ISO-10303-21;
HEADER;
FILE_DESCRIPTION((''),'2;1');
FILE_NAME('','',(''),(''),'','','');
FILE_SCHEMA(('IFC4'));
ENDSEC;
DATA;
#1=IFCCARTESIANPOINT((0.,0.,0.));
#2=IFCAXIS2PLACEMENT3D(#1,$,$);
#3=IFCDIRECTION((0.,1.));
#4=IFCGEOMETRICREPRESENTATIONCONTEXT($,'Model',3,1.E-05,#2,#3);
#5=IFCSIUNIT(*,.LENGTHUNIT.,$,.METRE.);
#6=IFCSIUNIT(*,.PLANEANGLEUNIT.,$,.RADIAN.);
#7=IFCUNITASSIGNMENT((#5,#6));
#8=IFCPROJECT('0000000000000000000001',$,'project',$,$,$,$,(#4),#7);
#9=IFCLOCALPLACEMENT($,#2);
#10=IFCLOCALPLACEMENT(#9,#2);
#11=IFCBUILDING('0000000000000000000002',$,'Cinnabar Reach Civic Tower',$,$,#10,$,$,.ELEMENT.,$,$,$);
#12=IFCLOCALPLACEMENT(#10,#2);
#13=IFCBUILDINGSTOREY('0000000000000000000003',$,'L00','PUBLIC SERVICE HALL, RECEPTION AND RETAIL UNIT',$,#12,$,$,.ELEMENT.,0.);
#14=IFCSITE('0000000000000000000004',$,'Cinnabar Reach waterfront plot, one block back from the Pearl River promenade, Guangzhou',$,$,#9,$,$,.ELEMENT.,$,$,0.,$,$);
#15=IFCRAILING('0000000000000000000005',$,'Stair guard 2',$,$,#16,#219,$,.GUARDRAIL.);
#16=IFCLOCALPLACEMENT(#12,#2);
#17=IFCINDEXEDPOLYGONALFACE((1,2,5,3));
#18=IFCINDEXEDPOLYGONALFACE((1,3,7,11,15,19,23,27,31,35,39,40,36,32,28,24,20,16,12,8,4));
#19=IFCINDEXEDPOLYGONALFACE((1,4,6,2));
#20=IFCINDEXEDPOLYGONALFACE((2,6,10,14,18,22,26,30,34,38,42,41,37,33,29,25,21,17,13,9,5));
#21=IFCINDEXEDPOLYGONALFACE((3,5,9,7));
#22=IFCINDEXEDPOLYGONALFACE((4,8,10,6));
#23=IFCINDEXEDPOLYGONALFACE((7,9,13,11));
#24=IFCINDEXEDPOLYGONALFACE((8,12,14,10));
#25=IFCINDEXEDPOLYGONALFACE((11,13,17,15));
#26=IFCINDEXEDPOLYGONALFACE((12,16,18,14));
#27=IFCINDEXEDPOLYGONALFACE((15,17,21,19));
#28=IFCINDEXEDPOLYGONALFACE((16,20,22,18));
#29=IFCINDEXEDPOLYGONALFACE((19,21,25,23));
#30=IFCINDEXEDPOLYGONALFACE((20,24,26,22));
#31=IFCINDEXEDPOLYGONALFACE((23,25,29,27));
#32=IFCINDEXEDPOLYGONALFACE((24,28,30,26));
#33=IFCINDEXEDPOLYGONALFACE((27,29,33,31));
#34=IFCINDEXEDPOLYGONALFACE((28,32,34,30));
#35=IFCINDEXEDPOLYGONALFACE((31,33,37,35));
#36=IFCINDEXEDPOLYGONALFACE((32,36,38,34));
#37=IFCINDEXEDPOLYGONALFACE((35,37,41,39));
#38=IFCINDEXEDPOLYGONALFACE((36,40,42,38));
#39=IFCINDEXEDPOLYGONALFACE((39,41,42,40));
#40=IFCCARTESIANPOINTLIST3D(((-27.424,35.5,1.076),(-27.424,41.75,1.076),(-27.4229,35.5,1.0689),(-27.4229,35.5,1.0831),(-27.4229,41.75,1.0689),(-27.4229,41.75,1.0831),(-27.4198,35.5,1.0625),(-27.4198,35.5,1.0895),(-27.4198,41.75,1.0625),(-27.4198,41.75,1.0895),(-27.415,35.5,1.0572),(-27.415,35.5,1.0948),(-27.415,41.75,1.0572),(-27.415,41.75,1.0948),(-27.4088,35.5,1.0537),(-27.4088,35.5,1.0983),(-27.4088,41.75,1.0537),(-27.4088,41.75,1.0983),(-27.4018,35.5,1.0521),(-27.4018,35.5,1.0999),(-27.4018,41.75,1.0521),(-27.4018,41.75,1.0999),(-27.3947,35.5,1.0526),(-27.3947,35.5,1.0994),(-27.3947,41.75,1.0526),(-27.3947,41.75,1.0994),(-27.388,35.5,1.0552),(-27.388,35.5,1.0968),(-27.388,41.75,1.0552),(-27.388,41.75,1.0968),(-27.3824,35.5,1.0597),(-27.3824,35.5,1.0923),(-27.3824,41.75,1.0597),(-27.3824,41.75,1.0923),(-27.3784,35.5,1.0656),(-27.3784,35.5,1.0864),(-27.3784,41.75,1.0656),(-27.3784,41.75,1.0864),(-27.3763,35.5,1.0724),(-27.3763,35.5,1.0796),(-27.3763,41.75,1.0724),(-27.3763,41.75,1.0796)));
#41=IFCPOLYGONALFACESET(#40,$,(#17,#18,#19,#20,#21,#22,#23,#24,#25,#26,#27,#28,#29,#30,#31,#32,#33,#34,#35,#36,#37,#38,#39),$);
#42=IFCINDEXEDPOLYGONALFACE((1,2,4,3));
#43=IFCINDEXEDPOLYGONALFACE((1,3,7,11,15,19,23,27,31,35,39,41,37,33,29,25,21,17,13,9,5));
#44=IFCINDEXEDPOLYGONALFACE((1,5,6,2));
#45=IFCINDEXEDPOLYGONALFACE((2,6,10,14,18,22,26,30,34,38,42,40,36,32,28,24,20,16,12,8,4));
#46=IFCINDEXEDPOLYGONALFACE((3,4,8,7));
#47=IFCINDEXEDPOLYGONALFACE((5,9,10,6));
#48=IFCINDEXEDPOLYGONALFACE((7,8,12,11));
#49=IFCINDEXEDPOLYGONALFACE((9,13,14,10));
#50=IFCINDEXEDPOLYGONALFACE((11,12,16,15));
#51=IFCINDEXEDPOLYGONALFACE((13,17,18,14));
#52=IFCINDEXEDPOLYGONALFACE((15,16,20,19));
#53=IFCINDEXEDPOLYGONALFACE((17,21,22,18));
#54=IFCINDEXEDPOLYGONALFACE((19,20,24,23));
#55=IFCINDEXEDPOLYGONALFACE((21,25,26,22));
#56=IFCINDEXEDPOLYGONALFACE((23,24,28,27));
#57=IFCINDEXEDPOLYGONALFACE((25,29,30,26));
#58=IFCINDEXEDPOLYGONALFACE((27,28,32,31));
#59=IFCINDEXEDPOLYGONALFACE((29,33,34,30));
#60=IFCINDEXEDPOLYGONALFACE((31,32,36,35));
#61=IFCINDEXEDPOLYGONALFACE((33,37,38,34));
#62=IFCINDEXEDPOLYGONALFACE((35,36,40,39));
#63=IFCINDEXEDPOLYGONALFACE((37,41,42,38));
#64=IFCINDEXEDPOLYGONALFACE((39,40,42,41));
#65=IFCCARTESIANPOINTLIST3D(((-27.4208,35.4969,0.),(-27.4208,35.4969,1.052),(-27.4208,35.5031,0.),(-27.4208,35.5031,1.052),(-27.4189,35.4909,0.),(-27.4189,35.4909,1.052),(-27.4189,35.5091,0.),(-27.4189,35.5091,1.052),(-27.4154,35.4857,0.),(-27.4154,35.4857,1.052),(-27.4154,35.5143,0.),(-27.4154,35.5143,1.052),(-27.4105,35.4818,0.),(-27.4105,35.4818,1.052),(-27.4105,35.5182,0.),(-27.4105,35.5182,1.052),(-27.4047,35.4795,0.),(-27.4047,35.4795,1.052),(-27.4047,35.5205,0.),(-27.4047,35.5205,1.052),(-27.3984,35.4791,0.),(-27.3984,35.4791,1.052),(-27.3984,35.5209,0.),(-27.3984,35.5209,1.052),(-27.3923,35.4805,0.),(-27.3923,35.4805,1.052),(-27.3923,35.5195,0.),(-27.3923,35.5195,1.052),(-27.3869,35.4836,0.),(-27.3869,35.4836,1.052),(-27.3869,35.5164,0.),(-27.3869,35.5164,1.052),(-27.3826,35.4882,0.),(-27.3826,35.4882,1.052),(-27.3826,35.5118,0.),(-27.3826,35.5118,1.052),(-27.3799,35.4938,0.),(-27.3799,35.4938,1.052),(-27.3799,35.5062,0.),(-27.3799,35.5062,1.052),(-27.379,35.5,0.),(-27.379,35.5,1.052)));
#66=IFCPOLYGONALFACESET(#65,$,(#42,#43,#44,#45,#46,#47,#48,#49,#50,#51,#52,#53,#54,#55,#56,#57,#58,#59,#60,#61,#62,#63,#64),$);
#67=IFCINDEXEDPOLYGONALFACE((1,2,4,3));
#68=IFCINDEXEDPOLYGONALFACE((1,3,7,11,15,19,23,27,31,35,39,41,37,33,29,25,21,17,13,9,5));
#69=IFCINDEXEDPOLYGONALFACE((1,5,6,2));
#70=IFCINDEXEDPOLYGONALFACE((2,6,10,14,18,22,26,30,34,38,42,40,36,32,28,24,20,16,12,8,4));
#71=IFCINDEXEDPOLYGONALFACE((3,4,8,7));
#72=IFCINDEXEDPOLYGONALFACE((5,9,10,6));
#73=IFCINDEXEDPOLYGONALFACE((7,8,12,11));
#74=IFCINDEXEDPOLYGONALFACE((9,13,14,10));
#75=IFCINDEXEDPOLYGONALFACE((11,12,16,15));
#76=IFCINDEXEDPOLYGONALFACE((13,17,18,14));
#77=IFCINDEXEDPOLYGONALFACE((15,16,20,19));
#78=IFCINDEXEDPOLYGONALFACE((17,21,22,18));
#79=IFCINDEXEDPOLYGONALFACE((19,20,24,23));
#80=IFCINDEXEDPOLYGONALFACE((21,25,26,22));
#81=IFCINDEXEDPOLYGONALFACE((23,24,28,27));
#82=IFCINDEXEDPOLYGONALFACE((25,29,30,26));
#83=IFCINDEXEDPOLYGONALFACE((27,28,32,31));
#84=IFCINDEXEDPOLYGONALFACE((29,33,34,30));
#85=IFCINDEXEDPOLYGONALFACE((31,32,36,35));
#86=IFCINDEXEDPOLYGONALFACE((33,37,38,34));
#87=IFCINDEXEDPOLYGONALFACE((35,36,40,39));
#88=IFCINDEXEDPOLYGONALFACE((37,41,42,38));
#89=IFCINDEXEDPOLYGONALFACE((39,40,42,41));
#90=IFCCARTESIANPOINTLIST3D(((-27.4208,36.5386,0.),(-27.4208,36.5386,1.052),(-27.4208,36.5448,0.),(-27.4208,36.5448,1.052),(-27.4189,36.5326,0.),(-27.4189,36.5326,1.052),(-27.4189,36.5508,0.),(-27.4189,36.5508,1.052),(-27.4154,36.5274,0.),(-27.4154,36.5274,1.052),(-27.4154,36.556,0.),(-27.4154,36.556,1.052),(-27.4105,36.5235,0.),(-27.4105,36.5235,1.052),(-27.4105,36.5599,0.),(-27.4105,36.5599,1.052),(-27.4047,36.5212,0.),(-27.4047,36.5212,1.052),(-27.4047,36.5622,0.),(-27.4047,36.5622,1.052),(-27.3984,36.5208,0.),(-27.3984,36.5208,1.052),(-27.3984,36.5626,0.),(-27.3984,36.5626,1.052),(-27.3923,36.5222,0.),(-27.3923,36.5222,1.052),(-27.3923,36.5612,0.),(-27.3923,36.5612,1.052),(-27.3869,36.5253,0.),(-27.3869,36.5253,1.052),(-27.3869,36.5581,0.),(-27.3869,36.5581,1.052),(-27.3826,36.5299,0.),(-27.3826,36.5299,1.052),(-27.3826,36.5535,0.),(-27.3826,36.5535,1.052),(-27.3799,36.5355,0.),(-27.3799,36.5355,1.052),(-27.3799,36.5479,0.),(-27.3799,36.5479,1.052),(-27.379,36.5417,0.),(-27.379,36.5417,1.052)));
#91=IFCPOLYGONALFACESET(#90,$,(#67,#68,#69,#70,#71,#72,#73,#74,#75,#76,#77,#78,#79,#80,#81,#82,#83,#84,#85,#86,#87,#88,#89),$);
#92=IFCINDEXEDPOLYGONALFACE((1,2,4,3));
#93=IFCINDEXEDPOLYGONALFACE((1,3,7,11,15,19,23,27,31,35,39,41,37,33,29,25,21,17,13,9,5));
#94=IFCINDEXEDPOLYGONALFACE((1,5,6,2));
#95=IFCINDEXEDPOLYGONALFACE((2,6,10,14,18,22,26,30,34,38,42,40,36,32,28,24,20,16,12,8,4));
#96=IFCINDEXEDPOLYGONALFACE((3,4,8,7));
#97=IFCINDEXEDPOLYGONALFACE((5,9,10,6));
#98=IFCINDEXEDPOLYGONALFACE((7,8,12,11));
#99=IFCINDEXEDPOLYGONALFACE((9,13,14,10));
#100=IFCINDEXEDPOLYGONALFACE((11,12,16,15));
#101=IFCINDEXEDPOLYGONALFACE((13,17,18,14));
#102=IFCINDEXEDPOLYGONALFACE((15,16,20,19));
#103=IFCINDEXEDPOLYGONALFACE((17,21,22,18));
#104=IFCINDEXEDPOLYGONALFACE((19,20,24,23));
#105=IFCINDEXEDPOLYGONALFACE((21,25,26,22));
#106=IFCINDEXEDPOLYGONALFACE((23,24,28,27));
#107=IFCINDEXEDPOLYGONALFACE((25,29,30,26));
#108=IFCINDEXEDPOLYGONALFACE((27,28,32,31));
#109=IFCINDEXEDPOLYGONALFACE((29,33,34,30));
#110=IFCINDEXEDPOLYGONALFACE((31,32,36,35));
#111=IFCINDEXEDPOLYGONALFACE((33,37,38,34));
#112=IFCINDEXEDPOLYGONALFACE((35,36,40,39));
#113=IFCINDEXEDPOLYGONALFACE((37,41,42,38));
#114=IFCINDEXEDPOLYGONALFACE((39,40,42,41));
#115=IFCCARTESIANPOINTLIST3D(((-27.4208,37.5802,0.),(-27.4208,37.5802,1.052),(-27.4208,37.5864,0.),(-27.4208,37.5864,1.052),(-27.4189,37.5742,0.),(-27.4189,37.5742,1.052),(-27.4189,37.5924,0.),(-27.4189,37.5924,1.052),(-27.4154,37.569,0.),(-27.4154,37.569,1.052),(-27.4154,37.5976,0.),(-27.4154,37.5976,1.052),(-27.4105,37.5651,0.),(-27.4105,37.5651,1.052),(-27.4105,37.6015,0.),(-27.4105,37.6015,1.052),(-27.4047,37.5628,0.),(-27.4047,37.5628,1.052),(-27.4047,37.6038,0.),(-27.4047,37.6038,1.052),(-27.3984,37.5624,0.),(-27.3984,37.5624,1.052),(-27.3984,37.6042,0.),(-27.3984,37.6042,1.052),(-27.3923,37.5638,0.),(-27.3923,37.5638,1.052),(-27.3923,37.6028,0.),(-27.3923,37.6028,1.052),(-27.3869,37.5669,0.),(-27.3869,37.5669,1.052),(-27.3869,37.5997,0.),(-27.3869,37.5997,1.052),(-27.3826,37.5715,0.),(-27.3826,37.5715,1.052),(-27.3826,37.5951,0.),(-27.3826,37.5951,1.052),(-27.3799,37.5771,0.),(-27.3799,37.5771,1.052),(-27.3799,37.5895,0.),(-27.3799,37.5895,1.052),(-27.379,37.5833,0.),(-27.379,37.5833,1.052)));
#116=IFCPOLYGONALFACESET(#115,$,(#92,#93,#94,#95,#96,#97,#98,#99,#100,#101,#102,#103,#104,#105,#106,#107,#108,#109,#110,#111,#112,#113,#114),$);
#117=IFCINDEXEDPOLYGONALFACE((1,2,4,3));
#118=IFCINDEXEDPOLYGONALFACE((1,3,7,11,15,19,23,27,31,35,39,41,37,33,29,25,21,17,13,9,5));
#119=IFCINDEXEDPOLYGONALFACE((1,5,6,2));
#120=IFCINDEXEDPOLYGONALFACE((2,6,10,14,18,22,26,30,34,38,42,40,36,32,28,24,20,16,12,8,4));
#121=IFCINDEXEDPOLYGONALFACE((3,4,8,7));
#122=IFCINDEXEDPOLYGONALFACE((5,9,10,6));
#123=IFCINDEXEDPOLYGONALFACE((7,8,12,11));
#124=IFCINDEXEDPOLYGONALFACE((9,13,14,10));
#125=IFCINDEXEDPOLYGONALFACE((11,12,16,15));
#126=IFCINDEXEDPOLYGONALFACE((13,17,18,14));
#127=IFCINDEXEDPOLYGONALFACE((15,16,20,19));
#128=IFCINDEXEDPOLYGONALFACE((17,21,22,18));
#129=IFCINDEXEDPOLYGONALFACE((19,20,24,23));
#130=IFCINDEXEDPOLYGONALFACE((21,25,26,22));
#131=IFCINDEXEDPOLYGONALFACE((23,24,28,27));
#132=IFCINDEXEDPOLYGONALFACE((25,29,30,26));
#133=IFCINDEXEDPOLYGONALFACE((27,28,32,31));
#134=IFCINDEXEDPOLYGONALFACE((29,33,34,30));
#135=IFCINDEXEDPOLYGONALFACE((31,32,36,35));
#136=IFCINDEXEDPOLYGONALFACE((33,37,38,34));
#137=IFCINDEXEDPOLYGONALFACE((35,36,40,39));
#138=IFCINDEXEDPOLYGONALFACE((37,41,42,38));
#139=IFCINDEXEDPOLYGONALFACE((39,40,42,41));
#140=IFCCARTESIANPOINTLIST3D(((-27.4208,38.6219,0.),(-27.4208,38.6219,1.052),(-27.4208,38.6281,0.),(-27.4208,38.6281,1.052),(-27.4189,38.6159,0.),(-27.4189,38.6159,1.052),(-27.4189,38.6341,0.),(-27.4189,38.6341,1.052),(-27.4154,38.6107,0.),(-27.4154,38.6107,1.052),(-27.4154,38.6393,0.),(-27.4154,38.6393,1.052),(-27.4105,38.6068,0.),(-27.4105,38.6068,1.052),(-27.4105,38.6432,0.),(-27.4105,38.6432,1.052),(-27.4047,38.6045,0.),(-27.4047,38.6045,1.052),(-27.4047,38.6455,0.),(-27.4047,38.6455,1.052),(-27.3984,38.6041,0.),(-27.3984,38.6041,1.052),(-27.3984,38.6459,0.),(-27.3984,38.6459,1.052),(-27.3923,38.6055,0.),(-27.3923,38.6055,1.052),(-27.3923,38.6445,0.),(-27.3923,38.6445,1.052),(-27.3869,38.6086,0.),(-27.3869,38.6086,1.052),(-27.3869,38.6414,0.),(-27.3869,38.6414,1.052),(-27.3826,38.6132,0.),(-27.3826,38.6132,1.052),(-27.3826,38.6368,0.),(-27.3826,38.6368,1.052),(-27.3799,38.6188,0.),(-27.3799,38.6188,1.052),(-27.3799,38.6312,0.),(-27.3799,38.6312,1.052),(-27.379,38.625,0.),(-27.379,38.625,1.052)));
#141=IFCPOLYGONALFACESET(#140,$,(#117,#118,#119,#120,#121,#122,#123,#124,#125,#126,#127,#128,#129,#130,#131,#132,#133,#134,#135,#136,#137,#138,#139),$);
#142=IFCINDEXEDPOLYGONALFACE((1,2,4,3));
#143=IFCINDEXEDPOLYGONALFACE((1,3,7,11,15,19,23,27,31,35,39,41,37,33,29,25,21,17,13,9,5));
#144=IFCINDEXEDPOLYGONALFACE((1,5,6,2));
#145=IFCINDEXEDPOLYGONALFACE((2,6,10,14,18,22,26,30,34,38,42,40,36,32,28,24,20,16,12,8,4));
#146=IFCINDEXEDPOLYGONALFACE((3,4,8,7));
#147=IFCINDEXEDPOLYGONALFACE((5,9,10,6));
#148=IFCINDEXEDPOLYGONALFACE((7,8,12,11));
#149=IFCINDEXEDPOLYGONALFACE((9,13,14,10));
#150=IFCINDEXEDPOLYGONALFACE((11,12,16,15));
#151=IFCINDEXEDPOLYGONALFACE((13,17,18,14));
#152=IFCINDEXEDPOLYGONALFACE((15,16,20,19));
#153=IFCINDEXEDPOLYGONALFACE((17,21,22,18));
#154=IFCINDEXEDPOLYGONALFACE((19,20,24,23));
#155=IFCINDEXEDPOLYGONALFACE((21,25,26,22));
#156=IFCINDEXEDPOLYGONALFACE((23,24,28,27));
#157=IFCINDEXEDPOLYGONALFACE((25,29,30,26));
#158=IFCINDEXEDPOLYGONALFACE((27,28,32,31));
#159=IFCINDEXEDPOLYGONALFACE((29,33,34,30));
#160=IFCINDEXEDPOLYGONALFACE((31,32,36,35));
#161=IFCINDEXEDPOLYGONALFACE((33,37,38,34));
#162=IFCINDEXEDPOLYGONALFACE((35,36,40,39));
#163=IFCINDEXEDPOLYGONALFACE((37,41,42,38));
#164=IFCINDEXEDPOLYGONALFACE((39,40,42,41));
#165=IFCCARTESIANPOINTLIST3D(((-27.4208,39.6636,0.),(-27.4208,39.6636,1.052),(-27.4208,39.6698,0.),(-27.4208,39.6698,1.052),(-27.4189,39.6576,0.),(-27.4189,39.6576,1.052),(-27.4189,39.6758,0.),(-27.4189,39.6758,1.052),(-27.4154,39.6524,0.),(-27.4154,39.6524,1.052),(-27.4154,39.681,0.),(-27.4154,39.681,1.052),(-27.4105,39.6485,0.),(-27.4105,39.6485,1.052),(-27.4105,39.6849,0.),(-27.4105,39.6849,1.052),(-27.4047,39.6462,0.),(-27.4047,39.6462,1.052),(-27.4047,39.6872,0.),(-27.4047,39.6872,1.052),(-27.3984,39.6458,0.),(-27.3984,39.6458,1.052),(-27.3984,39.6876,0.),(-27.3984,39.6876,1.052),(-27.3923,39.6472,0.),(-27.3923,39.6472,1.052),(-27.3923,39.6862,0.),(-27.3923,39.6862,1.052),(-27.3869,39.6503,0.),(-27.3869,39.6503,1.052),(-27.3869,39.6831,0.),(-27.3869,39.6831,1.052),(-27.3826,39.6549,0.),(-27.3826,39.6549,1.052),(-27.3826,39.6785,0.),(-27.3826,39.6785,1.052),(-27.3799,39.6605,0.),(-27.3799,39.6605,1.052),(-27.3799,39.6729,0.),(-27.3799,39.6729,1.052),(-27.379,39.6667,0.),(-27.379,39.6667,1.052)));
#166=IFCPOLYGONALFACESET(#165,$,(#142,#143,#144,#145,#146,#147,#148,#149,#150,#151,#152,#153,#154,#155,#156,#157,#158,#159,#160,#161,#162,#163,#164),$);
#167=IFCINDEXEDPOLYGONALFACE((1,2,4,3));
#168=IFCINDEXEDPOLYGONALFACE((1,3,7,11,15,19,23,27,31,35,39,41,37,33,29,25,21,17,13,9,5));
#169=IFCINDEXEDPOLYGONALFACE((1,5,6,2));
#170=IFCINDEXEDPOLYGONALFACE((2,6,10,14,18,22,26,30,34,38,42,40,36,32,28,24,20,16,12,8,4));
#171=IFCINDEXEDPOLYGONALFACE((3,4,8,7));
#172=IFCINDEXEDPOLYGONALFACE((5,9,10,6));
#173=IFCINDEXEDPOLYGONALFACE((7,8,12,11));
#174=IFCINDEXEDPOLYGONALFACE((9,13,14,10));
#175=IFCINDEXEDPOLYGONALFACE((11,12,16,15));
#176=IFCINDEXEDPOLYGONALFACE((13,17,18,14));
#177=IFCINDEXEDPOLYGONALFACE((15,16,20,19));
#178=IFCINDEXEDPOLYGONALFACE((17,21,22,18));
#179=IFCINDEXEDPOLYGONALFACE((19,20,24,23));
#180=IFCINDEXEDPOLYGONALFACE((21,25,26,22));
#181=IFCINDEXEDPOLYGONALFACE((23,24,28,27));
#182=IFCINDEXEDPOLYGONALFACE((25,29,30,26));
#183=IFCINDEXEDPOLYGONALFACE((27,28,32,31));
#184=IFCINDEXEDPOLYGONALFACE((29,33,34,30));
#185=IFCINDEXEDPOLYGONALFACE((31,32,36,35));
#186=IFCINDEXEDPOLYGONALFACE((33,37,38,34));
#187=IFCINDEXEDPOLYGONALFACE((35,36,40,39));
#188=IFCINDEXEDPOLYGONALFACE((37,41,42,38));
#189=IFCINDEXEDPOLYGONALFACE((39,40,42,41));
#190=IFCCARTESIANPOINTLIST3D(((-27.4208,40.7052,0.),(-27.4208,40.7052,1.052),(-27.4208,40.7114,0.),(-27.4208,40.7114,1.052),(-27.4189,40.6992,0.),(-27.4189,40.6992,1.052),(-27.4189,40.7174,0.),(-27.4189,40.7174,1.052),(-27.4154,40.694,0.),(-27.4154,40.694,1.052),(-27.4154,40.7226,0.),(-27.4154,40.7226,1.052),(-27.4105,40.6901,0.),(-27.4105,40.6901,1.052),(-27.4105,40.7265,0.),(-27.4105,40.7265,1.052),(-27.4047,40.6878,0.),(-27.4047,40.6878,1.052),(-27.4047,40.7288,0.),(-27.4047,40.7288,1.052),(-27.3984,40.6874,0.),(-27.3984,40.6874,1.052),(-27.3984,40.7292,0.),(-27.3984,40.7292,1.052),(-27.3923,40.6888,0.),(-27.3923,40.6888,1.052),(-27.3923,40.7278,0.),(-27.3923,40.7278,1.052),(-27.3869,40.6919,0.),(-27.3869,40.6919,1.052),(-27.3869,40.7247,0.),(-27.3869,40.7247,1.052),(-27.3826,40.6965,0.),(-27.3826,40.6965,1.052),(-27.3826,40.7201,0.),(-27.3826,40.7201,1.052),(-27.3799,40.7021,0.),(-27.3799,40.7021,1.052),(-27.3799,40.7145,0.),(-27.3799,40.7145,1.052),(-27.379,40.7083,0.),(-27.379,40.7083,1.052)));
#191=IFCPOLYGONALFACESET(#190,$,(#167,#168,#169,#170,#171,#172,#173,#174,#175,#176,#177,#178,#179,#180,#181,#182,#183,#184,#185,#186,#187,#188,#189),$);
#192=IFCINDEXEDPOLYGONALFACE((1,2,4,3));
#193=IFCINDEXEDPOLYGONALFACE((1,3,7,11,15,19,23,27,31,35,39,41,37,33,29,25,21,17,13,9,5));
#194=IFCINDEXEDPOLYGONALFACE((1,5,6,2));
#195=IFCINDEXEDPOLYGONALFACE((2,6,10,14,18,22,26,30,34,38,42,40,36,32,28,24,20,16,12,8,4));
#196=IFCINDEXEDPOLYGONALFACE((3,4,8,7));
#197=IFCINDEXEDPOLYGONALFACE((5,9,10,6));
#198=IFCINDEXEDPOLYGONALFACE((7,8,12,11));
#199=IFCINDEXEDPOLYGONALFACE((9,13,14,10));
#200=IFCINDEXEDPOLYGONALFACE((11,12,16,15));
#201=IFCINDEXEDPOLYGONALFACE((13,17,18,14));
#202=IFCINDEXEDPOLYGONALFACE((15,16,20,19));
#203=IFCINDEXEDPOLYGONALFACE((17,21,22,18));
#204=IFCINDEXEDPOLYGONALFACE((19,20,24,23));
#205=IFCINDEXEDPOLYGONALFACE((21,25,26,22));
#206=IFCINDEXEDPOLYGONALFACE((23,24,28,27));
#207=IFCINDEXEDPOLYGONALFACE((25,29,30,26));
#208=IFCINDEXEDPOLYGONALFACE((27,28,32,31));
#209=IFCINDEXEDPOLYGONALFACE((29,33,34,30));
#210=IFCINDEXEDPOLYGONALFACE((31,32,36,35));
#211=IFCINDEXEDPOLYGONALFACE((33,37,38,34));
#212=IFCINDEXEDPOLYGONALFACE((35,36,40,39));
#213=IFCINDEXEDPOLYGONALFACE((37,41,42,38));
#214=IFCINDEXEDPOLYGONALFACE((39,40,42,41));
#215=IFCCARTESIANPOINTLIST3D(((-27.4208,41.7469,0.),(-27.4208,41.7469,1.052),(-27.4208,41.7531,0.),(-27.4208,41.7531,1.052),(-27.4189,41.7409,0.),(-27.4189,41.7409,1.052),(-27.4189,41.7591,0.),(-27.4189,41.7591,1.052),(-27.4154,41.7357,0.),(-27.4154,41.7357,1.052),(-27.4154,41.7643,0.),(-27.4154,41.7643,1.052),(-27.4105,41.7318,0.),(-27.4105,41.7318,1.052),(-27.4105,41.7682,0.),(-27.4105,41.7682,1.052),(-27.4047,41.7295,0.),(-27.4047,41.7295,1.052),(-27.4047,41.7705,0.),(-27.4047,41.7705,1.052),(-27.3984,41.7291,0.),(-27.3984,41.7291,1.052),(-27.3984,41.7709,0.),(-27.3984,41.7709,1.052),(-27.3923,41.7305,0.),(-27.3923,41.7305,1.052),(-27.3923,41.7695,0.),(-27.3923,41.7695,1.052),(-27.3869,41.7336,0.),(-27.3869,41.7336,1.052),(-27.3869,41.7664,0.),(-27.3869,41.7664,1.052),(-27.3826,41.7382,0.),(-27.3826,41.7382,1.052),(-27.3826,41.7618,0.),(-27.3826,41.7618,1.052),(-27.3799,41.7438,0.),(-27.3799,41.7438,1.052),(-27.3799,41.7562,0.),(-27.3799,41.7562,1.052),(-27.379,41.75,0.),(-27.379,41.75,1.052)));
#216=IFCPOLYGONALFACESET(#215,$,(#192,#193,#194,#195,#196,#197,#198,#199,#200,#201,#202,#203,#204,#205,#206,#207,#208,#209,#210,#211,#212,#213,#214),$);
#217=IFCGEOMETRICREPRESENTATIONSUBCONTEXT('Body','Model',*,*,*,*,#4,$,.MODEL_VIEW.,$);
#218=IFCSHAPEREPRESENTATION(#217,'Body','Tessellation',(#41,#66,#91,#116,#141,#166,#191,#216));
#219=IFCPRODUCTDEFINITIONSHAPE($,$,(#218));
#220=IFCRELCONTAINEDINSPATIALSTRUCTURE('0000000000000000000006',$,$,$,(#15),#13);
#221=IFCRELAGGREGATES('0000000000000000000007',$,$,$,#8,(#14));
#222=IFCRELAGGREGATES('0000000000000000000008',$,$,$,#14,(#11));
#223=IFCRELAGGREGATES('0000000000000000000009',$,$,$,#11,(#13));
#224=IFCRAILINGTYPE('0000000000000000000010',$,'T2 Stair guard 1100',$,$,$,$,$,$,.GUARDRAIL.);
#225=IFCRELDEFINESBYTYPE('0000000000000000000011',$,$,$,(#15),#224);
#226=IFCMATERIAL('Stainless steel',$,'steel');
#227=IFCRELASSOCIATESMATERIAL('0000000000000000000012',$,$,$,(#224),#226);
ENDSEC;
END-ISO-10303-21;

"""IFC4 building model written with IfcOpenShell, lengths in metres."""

from ifc_helpers import new_model, si_unit, direction, frame, origin, origin_2d, place, context, subcontext, project, spatial, circle, extrude, material, type_object, element, save


model = new_model("IFC4")

# Units and contexts
model_context = context("Model", 3, precision=1e-05, world=origin(), true_north=direction((0.0, 1.0)))
body_context = subcontext(model_context, "Body", "Model", "MODEL_VIEW")
ifc_project = project(units=[si_unit("LENGTHUNIT", "METRE"), si_unit("PLANEANGLEUNIT", "RADIAN")], contexts=[model_context])

# Site, building, storey
site_placement = place(None, origin())
site = spatial("IfcSite", under=ifc_project, at=site_placement, Name="Cinnabar Reach waterfront plot, one block back from the Pearl River promenade, Guangzhou", CompositionType="ELEMENT", RefElevation=0.0)
building_placement = place(site_placement, origin())
building = spatial("IfcBuilding", under=site, at=building_placement, Name="Cinnabar Reach Civic Tower", CompositionType="ELEMENT")
storey_placement = place(building_placement, origin())
storey = spatial("IfcBuildingStorey", under=building, at=storey_placement, Name="L00", Description="PUBLIC SERVICE HALL, RECEPTION AND RETAIL UNIT", CompositionType="ELEMENT", Elevation=0.0)

# Railing
ifc_material_1 = material(Name="Stainless steel", Category="steel")
railing_type = type_object("IfcRailingType", Name="T2 Stair guard 1100", PredefinedType="GUARDRAIL", material=ifc_material_1)
for number, where, name in (
    (1, (-27.4, 35.5, 0.0), "Stair guard 2"),
):
    element("IfcRailing", number, at=place(storey_placement, frame(where)), inside=storey, type_object=railing_type, Name=name, PredefinedType="GUARDRAIL", context=body_context, shape_type="SweptSolid", body=[
        extrude(circle(Radius=0.024, at=origin_2d()), frame((0.0, 0.0, 1.076), z_axis=(0.0, 1.0, 0.0), x_axis=(-1.0, 0.0, 0.0)), (0.0, 0.0, 1.0), 6.25),
        extrude(circle(Radius=0.021, at=origin_2d()), origin(), (0.0, 0.0, 1.0), 1.052),
        extrude(circle(Radius=0.021, at=origin_2d()), frame((0.0, 1.0417, 0.0)), (0.0, 0.0, 1.0), 1.052),
        extrude(circle(Radius=0.021, at=origin_2d()), frame((0.0, 2.0833, 0.0)), (0.0, 0.0, 1.0), 1.052),
        extrude(circle(Radius=0.021, at=origin_2d()), frame((0.0, 3.125, 0.0)), (0.0, 0.0, 1.0), 1.052),
        extrude(circle(Radius=0.021, at=origin_2d()), frame((0.0, 4.1667, 0.0)), (0.0, 0.0, 1.0), 1.052),
        extrude(circle(Radius=0.021, at=origin_2d()), frame((0.0, 5.2083, 0.0)), (0.0, 0.0, 1.0), 1.052),
        extrude(circle(Radius=0.021, at=origin_2d()), frame((0.0, 6.25, 0.0)), (0.0, 0.0, 1.0), 1.052),
    ])

save(model, "model.ifc")
